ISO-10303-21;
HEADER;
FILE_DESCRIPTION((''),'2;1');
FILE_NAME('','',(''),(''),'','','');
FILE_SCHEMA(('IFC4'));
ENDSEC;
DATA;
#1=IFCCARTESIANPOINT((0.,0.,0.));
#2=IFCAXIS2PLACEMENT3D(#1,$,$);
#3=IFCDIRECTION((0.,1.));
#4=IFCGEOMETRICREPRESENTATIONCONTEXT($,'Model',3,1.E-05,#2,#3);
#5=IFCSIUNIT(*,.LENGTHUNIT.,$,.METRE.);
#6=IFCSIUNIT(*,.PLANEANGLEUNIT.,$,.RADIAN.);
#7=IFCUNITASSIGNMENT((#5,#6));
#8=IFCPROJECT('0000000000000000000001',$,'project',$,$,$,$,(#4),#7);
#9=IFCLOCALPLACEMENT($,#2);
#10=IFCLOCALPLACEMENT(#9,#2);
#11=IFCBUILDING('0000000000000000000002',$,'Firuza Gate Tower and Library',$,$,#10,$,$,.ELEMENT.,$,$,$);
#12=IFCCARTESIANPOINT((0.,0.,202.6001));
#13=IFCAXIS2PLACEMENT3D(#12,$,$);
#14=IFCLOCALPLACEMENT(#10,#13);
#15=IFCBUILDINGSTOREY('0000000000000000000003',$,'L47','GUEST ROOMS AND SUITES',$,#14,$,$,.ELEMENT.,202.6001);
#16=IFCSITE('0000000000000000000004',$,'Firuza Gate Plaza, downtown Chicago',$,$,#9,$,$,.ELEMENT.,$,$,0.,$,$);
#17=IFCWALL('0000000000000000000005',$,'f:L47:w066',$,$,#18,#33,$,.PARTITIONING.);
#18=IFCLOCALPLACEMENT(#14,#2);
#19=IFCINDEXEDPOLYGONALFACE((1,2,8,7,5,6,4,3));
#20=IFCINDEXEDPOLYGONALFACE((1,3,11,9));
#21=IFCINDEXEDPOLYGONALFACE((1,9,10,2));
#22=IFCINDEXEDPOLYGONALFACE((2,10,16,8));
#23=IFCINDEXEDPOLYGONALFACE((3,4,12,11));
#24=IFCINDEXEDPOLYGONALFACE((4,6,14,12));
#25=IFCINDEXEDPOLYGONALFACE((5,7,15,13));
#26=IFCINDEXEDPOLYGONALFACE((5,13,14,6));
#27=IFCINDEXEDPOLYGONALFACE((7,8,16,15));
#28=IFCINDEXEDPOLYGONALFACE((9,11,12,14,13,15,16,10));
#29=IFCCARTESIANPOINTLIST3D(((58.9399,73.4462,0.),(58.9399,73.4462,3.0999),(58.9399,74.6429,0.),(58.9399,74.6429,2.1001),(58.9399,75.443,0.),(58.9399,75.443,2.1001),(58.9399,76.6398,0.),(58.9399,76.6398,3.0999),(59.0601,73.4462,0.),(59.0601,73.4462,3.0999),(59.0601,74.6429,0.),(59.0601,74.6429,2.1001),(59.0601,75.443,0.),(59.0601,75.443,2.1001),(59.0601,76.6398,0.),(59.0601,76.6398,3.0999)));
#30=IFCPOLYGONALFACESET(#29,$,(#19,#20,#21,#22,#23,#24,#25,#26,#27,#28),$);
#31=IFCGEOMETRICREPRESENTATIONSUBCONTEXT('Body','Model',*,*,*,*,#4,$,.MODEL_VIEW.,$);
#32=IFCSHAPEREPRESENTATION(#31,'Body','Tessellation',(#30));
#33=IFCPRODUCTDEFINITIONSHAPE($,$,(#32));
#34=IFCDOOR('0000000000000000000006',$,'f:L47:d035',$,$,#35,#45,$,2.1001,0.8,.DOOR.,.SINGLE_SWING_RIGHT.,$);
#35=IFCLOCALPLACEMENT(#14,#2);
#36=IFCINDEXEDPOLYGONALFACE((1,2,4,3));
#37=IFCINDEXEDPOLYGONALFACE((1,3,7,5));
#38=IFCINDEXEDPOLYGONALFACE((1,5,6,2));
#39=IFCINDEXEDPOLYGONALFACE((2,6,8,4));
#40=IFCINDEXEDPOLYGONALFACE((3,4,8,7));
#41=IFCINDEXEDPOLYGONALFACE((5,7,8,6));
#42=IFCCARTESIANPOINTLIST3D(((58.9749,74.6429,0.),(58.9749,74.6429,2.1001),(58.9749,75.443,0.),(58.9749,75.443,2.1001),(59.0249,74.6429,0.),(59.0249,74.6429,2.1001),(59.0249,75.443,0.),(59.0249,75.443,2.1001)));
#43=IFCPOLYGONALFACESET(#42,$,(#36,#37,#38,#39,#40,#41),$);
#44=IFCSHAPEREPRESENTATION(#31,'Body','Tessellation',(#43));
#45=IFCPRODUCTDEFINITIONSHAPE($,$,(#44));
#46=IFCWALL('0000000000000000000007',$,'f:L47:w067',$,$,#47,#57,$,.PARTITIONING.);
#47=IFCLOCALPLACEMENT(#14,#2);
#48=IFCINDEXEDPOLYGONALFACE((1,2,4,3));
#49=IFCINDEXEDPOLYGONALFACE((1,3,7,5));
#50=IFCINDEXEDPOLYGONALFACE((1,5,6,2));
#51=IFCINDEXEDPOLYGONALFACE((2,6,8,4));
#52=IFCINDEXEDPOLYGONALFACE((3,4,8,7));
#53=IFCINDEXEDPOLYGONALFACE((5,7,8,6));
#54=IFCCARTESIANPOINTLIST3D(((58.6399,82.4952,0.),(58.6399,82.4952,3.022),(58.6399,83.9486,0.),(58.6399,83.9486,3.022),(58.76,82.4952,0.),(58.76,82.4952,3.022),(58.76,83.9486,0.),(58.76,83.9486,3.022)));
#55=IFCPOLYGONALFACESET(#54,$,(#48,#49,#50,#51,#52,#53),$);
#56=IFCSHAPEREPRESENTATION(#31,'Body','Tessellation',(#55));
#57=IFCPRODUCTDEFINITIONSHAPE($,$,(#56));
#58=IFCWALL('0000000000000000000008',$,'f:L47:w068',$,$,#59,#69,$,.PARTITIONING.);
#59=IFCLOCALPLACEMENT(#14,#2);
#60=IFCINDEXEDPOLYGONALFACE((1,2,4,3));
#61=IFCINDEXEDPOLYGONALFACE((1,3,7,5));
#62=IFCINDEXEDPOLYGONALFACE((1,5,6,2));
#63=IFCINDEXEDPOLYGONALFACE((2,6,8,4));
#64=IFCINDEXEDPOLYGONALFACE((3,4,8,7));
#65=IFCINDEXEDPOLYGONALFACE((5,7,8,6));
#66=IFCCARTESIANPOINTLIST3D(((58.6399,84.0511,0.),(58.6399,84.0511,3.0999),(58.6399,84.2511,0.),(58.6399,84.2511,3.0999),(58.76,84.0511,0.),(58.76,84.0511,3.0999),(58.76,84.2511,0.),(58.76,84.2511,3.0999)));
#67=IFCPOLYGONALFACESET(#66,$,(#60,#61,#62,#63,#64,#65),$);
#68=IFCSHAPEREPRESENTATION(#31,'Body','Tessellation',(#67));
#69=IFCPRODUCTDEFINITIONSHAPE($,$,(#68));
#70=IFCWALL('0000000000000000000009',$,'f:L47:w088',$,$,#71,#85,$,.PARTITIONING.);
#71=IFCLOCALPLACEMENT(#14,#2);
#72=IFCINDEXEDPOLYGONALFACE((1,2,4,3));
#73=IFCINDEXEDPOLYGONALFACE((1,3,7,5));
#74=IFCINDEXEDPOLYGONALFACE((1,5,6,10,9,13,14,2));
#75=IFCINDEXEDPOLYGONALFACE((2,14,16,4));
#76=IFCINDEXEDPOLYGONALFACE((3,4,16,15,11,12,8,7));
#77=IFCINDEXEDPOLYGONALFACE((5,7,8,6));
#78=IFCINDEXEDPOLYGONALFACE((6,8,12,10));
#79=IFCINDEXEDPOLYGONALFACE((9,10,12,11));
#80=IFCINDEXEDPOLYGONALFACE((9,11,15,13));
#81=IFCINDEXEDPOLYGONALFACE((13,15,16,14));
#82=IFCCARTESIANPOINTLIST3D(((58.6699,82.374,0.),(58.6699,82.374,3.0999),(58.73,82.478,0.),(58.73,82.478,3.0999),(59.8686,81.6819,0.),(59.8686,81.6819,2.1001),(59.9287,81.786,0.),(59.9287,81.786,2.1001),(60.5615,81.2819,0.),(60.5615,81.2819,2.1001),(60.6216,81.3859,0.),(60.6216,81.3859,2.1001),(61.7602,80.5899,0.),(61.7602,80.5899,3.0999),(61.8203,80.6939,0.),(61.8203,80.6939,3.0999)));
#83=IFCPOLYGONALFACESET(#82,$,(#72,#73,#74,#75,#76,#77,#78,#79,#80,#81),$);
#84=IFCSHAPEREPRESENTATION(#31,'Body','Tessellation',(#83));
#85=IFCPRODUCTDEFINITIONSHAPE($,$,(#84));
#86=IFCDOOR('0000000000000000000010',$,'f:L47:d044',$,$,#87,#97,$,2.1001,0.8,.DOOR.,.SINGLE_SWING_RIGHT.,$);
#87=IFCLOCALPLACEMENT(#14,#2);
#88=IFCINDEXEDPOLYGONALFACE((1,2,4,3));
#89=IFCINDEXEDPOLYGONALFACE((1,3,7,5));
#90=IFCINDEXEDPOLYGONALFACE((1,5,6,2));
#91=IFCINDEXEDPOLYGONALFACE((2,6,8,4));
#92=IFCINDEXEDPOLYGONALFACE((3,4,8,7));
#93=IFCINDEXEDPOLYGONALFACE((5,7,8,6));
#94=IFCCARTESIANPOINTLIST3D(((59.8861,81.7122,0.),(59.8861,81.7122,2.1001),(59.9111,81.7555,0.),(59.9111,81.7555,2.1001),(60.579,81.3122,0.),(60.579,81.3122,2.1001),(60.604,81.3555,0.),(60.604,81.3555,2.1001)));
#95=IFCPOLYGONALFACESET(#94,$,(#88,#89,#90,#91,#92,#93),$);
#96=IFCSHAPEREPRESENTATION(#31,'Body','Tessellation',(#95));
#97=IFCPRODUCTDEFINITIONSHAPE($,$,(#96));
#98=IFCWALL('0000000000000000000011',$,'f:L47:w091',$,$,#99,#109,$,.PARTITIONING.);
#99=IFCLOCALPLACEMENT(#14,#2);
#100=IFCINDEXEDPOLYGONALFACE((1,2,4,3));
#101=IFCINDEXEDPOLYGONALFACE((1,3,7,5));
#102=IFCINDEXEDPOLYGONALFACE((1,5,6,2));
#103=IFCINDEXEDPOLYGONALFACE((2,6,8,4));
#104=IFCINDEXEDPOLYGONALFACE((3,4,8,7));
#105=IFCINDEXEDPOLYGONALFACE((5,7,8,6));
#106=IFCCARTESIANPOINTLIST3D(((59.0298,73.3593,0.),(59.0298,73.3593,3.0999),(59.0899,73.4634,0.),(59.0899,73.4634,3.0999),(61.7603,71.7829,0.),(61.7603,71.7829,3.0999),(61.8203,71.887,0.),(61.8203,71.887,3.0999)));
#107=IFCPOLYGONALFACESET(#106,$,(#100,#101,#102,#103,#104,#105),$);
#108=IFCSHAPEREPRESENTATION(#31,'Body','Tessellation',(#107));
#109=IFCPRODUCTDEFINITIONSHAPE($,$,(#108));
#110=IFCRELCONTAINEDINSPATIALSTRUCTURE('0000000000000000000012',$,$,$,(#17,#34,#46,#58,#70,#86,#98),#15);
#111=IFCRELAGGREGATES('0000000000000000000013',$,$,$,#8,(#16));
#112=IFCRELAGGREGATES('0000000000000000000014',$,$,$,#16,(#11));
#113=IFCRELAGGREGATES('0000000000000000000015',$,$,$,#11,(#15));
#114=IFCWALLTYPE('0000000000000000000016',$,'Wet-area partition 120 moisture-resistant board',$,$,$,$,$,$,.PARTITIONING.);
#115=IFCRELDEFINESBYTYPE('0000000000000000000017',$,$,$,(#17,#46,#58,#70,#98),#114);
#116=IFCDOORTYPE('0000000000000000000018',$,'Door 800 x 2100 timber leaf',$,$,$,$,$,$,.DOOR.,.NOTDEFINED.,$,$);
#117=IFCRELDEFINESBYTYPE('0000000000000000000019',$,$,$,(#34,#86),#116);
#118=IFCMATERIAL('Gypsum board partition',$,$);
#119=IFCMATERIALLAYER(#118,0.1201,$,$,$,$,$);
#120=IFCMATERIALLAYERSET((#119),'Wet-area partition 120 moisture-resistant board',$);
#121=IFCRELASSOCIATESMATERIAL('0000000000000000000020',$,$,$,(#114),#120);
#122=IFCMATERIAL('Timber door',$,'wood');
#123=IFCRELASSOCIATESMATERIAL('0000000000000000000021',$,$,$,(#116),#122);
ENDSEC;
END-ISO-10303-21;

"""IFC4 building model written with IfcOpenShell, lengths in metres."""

from ifc_helpers import new_model, si_unit, direction, frame, frame_2d, origin, place, context, subcontext, project, spatial, rectangle, extrude, material, layer, layer_set, type_object, element, fill, save


model = new_model("IFC4")

# Units and contexts
model_context = context("Model", 3, precision=1e-05, world=origin(), true_north=direction((0.0, 1.0)))
body_context = subcontext(model_context, "Body", "Model", "MODEL_VIEW")
ifc_project = project(units=[si_unit("LENGTHUNIT", "METRE"), si_unit("PLANEANGLEUNIT", "RADIAN")], contexts=[model_context])

# Site, building, storey
site_placement = place(None, origin())
site = spatial("IfcSite", under=ifc_project, at=site_placement, Name="Firuza Gate Plaza, downtown Chicago", CompositionType="ELEMENT", RefElevation=0.0)
building_placement = place(site_placement, origin())
building = spatial("IfcBuilding", under=site, at=building_placement, Name="Firuza Gate Tower and Library", CompositionType="ELEMENT")
storey_placement = place(building_placement, frame((0.0, 0.0, 202.6001)))
storey = spatial("IfcBuildingStorey", under=building, at=storey_placement, Name="L47", Description="GUEST ROOMS AND SUITES", CompositionType="ELEMENT", Elevation=202.6001)

# Wall, opening, door
ifc_material_1 = material(Name="Gypsum board partition")
ifc_layer_1 = layer(ifc_material_1, 0.1201)
ifc_layer_set_1 = layer_set([ifc_layer_1], Name="Wet-area partition 120 moisture-resistant board")
wall_type_1 = type_object("IfcWallType", Name="Wet-area partition 120 moisture-resistant board", PredefinedType="PARTITIONING", material=ifc_layer_set_1)
wall_1_placement = place(storey_placement, frame((59.0, 76.6396, 0.0), z_axis=(0.0, 0.0, 1.0), x_axis=(0.0, -1.0, 0.0)))
wall_1 = element("IfcWall", 1, at=wall_1_placement, inside=storey, type_object=wall_type_1, Name="f:L47:w066", PredefinedType="PARTITIONING", context=body_context, shape_type="SweptSolid", body=[
    extrude(rectangle(XDim=3.1936, YDim=0.1201, at=frame_2d((1.5967, 0.0))), origin(), (0.0, 0.0, 1.0), 3.0999),
])
opening_1_placement = place(wall_1_placement, frame((1.1968, 0.0, 0.0)))
opening_1 = element("IfcOpeningElement", 2, at=opening_1_placement, cuts=wall_1, PredefinedType="OPENING", context=body_context, shape_type="SweptSolid", body=[
    extrude(rectangle(XDim=0.8, YDim=2.1001, at=frame_2d((0.3999, 1.05))), frame((0.0, 0.0701, 0.0), z_axis=(0.0, -1.0, 0.0), x_axis=(1.0, 0.0, 0.0)), (0.0, 0.0, 1.0), 0.1401),
])
ifc_material_2 = material(Name="Timber door", Category="wood")
door_type_1 = type_object("IfcDoorType", Name="Door 800 x 2100 timber leaf", OperationType="NOTDEFINED", PredefinedType="DOOR", material=ifc_material_2)
door_1_placement = place(opening_1_placement, origin())
door_1 = element("IfcDoor", 3, at=door_1_placement, inside=storey, type_object=door_type_1, Name="f:L47:d035", OperationType="SINGLE_SWING_RIGHT", OverallHeight=2.1001, OverallWidth=0.8, PredefinedType="DOOR", context=body_context, shape_type="SweptSolid", body=[
    extrude(rectangle(XDim=0.8, YDim=2.1001, at=frame_2d((0.3999, 1.05))), frame((0.0, 0.0249, 0.0), z_axis=(0.0, -1.0, 0.0), x_axis=(1.0, 0.0, 0.0)), (0.0, 0.0, 1.0), 0.05),
])
fill(opening_1, door_1)

# Walls
wall_2_placement = place(storey_placement, frame((58.7, 82.4954, 0.0), z_axis=(0.0, 0.0, 1.0), x_axis=(0.0, 1.0, 0.0)))
element("IfcWall", 4, at=wall_2_placement, inside=storey, type_object=wall_type_1, Name="f:L47:w067", PredefinedType="PARTITIONING", context=body_context, shape_type="SweptSolid", body=[
    extrude(rectangle(XDim=1.4534, YDim=0.1201, at=frame_2d((0.7266, 0.0))), origin(), (0.0, 0.0, 1.0), 3.022),
])
wall_3_placement = place(storey_placement, frame((58.7, 84.051, 0.0), z_axis=(0.0, 0.0, 1.0), x_axis=(0.0, 1.0, 0.0)))
element("IfcWall", 5, at=wall_3_placement, inside=storey, type_object=wall_type_1, Name="f:L47:w068", PredefinedType="PARTITIONING", context=body_context, shape_type="SweptSolid", body=[
    extrude(rectangle(XDim=0.2, YDim=0.1201, at=frame_2d((0.1001, 0.0))), origin(), (0.0, 0.0, 1.0), 3.0999),
])

# Wall, opening, door
wall_4_placement = place(storey_placement, frame((58.7, 82.426, 0.0), z_axis=(0.0, 0.0, 1.0), x_axis=(0.866028, -0.499995, 0.0)))
wall_4 = element("IfcWall", 6, at=wall_4_placement, inside=storey, type_object=wall_type_1, Name="f:L47:w088", PredefinedType="PARTITIONING", context=body_context, shape_type="SweptSolid", body=[
    extrude(rectangle(XDim=3.5684, YDim=0.1201, at=frame_2d((1.7842, 0.0))), origin(), (0.0, 0.0, 1.0), 3.0999),
])
opening_2_placement = place(wall_4_placement, frame((1.3843, 0.0, 0.0)))
opening_2 = element("IfcOpeningElement", 7, at=opening_2_placement, cuts=wall_4, PredefinedType="OPENING", context=body_context, shape_type="SweptSolid", body=[
    extrude(rectangle(XDim=0.8, YDim=2.1001, at=frame_2d((0.3999, 1.05))), frame((0.0, 0.0701, 0.0), z_axis=(0.0, -1.0, 0.0), x_axis=(1.0, 0.0, 0.0)), (0.0, 0.0, 1.0), 0.1401),
])
door_2_placement = place(opening_2_placement, origin())
door_2 = element("IfcDoor", 8, at=door_2_placement, inside=storey, type_object=door_type_1, Name="f:L47:d044", OperationType="SINGLE_SWING_RIGHT", OverallHeight=2.1001, OverallWidth=0.8, PredefinedType="DOOR", context=body_context, shape_type="SweptSolid", body=[
    extrude(rectangle(XDim=0.8, YDim=2.1001, at=frame_2d((0.3999, 1.05))), frame((0.0, 0.0249, 0.0), z_axis=(0.0, -1.0, 0.0), x_axis=(1.0, 0.0, 0.0)), (0.0, 0.0, 1.0), 0.05),
])
fill(opening_2, door_2)

# Wall
wall_5_placement = place(storey_placement, frame((61.7903, 71.835, 0.0), z_axis=(0.0, 0.0, 1.0), x_axis=(-0.866028, 0.499995, 0.0)))
element("IfcWall", 9, at=wall_5_placement, inside=storey, type_object=wall_type_1, Name="f:L47:w091", PredefinedType="PARTITIONING", context=body_context, shape_type="SweptSolid", body=[
    extrude(rectangle(XDim=3.1528, YDim=0.1201, at=frame_2d((1.5764, 0.0))), origin(), (0.0, 0.0, 1.0), 3.0999),
])

save(model, "model.ifc")
